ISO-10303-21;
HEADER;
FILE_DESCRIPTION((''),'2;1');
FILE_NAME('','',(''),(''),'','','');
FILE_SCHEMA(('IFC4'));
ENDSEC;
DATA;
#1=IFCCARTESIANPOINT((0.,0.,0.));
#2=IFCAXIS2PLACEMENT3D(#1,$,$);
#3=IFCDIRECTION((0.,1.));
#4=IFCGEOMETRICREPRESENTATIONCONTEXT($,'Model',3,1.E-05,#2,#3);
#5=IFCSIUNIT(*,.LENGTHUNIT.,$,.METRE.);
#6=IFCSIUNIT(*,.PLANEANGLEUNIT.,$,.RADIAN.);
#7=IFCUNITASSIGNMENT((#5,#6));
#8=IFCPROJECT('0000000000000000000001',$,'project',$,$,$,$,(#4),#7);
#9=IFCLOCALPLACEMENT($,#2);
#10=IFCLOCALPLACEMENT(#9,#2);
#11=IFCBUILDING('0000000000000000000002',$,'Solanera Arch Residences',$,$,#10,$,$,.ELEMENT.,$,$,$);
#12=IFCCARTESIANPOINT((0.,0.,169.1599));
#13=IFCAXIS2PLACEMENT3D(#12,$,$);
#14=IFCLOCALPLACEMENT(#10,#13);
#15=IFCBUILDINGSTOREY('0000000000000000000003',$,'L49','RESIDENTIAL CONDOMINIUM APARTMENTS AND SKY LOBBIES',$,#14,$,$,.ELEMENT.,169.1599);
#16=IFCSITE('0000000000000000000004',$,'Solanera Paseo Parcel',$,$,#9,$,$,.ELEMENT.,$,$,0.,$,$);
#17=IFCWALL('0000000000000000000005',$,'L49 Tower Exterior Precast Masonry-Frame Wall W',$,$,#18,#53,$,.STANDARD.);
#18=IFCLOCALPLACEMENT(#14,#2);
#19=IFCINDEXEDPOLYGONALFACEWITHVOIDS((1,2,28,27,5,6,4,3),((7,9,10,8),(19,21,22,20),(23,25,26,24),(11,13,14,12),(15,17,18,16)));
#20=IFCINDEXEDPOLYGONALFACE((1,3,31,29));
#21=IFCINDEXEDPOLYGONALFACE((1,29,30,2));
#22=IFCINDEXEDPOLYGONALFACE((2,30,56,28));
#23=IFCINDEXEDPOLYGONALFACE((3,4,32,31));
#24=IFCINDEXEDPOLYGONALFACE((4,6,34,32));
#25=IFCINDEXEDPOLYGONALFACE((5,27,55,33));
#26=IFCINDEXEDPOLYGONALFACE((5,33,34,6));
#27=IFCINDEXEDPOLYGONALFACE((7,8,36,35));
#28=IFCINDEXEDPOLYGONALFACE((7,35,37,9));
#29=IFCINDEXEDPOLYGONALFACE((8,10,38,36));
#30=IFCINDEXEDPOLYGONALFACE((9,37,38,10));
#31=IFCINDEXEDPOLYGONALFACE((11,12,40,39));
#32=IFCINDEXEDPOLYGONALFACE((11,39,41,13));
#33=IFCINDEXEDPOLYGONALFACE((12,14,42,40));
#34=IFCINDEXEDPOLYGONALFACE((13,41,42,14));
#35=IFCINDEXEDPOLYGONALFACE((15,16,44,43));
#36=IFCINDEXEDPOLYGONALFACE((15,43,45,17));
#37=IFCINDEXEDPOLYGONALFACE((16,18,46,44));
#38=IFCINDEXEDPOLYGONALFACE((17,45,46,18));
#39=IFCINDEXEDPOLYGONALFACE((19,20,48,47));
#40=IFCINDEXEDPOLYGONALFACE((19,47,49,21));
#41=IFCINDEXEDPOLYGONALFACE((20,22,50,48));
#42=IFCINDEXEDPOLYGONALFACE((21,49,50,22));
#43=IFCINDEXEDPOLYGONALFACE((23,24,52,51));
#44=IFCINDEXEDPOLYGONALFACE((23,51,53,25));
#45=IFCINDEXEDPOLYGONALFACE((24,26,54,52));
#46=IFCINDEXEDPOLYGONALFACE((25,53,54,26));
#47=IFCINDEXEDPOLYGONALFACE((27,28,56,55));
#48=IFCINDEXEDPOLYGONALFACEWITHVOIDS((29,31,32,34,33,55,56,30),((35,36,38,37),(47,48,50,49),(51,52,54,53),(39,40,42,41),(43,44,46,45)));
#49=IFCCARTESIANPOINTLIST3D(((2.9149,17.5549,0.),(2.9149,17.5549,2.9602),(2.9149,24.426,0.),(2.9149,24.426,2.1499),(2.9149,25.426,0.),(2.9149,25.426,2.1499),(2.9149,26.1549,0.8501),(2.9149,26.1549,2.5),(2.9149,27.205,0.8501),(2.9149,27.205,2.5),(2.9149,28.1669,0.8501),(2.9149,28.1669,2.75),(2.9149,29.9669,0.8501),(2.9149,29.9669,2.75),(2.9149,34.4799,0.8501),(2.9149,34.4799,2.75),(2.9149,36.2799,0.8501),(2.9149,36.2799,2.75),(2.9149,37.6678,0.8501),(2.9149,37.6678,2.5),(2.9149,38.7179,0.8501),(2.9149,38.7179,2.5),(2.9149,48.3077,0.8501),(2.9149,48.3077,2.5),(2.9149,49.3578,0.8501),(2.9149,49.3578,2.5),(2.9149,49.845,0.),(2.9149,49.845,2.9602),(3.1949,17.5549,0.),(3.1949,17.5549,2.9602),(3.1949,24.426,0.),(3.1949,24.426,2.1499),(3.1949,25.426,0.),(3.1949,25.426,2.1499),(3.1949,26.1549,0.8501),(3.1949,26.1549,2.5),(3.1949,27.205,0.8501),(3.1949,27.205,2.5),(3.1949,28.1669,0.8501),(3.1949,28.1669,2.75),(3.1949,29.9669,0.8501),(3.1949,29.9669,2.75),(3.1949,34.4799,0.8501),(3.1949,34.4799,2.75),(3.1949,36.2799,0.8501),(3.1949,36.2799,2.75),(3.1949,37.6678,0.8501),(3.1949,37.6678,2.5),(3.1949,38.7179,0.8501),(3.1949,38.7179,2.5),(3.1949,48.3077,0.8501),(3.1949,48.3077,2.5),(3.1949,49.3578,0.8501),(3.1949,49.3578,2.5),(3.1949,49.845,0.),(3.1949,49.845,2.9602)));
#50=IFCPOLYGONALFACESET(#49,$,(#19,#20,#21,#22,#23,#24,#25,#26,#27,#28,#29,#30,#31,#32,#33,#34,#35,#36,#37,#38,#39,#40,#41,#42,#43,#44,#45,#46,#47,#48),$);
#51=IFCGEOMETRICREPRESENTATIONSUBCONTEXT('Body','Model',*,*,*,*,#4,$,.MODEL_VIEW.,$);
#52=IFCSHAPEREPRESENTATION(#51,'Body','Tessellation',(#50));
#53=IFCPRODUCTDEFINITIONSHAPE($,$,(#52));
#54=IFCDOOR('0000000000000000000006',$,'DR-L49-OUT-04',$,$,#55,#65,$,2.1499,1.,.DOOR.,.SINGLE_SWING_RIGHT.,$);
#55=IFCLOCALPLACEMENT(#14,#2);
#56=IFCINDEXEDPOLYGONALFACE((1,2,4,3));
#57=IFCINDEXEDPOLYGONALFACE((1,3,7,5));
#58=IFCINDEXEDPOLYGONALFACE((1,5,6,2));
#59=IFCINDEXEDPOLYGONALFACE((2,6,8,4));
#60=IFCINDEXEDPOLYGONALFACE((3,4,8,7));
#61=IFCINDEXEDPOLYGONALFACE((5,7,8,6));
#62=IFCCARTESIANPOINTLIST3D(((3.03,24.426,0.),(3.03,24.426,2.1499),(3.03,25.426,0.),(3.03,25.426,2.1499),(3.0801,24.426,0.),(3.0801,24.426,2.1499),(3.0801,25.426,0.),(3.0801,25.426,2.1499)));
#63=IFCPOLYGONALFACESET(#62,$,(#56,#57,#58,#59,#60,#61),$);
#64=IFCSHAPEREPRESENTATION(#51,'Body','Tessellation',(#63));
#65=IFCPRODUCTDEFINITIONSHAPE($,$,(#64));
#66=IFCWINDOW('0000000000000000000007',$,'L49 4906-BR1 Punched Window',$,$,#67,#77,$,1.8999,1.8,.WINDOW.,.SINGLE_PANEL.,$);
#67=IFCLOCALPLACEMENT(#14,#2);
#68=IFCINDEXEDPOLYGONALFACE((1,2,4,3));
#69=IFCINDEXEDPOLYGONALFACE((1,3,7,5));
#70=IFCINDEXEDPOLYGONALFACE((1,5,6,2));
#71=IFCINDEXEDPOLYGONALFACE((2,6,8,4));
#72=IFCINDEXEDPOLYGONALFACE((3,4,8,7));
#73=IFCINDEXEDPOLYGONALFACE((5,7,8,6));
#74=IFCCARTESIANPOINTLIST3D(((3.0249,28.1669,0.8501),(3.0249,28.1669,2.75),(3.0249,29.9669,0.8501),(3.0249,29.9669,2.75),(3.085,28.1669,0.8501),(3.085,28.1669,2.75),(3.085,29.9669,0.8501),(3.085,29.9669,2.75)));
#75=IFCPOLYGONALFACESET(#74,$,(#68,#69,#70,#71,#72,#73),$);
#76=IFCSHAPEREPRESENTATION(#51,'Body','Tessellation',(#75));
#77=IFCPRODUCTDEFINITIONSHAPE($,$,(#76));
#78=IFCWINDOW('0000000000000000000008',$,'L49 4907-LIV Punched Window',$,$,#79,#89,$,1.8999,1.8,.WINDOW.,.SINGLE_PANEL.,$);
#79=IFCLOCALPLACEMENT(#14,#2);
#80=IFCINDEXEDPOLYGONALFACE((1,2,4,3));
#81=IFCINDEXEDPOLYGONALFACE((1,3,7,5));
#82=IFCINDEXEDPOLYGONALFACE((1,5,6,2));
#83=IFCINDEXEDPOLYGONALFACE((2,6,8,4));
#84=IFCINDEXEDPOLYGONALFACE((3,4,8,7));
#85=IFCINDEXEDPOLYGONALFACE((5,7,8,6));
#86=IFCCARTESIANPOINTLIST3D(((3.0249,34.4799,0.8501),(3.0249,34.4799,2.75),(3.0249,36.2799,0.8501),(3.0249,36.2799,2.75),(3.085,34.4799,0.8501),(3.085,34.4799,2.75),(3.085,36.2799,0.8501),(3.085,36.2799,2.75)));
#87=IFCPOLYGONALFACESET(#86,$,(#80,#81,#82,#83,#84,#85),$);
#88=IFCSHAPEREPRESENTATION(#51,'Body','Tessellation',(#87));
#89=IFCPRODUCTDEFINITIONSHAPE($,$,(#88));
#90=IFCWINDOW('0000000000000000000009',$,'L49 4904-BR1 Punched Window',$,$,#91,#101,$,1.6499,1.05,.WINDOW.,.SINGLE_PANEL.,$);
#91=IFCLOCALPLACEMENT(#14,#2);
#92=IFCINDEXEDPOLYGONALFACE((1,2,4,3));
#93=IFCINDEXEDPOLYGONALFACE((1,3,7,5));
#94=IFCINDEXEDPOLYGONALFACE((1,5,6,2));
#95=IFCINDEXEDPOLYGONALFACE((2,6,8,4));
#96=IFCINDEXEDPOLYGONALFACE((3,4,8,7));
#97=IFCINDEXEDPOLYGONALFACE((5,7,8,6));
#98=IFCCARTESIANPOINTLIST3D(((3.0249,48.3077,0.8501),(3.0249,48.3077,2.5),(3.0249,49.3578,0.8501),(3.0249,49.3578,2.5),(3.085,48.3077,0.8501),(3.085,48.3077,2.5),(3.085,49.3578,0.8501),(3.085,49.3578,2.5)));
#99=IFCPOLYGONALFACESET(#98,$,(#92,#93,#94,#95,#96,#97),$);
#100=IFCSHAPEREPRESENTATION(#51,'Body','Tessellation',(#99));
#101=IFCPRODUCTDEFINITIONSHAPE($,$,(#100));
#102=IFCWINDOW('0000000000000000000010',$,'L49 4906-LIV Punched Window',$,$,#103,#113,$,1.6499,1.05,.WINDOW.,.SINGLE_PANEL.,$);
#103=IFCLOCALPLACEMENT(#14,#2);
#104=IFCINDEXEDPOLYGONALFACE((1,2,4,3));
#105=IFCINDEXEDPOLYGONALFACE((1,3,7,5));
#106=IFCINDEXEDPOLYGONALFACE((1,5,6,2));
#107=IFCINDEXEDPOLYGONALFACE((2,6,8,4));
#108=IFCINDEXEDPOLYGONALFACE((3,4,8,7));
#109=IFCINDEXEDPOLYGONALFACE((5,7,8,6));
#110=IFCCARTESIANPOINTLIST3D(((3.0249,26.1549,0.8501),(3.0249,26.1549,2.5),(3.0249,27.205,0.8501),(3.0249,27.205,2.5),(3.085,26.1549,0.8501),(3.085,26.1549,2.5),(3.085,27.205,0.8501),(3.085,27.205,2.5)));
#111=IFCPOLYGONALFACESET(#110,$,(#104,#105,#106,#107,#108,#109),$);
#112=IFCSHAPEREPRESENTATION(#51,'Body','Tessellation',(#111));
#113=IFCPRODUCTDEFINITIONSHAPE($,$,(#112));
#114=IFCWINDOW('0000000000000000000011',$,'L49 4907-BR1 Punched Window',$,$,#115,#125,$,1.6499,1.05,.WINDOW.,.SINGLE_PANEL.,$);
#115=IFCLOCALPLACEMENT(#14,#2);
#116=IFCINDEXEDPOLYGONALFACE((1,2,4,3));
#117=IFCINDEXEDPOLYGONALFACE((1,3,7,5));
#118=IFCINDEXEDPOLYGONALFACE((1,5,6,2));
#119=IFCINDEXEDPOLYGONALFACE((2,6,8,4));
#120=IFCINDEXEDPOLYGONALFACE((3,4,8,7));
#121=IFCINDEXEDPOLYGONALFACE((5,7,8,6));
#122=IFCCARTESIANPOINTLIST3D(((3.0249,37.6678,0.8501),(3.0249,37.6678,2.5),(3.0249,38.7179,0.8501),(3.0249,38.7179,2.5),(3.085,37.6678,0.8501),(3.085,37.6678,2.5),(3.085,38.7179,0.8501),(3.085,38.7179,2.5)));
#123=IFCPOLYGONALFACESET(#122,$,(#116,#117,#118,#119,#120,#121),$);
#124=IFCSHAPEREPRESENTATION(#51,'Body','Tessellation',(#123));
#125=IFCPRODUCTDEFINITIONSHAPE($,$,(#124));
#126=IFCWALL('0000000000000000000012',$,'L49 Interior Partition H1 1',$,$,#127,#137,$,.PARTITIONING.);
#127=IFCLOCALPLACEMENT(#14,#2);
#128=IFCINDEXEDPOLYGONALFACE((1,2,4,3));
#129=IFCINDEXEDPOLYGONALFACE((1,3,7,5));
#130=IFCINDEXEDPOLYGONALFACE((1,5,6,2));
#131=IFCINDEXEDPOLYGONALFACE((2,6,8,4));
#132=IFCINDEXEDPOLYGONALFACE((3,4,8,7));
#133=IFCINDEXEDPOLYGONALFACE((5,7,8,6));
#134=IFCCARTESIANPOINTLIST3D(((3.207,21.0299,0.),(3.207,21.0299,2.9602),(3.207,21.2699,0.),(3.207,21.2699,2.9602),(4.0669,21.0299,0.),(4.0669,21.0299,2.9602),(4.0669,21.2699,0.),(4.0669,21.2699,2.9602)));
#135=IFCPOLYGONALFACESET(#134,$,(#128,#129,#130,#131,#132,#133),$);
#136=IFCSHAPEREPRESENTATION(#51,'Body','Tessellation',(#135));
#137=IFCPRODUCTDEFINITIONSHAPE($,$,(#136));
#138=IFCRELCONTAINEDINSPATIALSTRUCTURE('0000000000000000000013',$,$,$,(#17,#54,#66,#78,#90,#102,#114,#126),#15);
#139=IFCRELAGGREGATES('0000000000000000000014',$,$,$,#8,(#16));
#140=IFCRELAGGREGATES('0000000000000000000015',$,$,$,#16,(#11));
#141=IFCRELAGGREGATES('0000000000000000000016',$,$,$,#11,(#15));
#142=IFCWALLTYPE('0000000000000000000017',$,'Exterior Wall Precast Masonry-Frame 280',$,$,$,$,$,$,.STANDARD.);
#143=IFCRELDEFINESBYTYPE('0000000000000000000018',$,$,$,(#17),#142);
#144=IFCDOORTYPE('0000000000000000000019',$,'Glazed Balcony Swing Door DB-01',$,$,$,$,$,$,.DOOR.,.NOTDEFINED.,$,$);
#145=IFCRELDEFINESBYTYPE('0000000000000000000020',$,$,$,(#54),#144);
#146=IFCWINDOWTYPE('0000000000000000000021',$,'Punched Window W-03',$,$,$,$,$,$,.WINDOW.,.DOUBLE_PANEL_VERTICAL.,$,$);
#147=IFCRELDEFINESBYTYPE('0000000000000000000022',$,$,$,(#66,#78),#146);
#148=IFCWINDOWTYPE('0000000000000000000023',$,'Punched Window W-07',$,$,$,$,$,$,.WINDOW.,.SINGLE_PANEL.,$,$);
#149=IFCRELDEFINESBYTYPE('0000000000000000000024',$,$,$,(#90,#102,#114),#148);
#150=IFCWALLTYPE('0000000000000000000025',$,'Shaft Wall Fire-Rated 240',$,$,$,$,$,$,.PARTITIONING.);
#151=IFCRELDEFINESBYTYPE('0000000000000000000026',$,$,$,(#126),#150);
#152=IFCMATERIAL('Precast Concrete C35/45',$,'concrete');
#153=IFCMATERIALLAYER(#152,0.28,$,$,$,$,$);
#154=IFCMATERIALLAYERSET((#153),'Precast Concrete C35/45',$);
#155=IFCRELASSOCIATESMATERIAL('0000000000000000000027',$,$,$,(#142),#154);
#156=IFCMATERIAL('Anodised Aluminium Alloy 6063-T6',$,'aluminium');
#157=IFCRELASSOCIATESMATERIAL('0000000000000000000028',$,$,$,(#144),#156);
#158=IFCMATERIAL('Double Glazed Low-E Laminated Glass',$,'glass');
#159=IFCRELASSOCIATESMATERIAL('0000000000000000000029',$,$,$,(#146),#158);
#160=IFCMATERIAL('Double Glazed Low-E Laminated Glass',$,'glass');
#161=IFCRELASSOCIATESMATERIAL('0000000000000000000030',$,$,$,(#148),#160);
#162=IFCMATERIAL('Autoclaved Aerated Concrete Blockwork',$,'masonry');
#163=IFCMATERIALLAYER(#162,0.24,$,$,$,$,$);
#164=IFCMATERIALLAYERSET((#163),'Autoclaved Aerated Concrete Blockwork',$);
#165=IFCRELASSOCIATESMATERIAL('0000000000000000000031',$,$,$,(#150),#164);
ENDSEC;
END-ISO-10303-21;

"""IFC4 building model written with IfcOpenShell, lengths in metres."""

from ifc_helpers import new_model, si_unit, direction, frame, frame_2d, origin, place, context, subcontext, project, spatial, rectangle, extrude, material, layer, layer_set, type_object, element, fill, save


model = new_model("IFC4")

# Units and contexts
model_context = context("Model", 3, precision=1e-05, world=origin(), true_north=direction((0.0, 1.0)))
body_context = subcontext(model_context, "Body", "Model", "MODEL_VIEW")
ifc_project = project(units=[si_unit("LENGTHUNIT", "METRE"), si_unit("PLANEANGLEUNIT", "RADIAN")], contexts=[model_context])

# Site, building, storey
site_placement = place(None, origin())
site = spatial("IfcSite", under=ifc_project, at=site_placement, Name="Solanera Paseo Parcel", CompositionType="ELEMENT", RefElevation=0.0)
building_placement = place(site_placement, origin())
building = spatial("IfcBuilding", under=site, at=building_placement, Name="Solanera Arch Residences", CompositionType="ELEMENT")
storey_placement = place(building_placement, frame((0.0, 0.0, 169.1599)))
storey = spatial("IfcBuildingStorey", under=building, at=storey_placement, Name="L49", Description="RESIDENTIAL CONDOMINIUM APARTMENTS AND SKY LOBBIES", CompositionType="ELEMENT", Elevation=169.1599)

# Wall, openings, door, windows
ifc_material_1 = material(Name="Precast Concrete C35/45", Category="concrete")
ifc_layer_1 = layer(ifc_material_1, 0.28)
ifc_layer_set_1 = layer_set([ifc_layer_1], Name="Precast Concrete C35/45")
wall_type_1 = type_object("IfcWallType", Name="Exterior Wall Precast Masonry-Frame 280", PredefinedType="STANDARD", material=ifc_layer_set_1)
wall_1_placement = place(storey_placement, frame((3.0549, 17.5549, 0.0), z_axis=(0.0, 0.0, 1.0), x_axis=(0.0, 1.0, 0.0)))
wall_1 = element("IfcWall", 1, at=wall_1_placement, inside=storey, type_object=wall_type_1, Name="L49 Tower Exterior Precast Masonry-Frame Wall W", PredefinedType="STANDARD", context=body_context, shape_type="SweptSolid", body=[
    extrude(rectangle(XDim=32.29, YDim=0.28, at=frame_2d((16.145, 0.0))), origin(), (0.0, 0.0, 1.0), 2.9602),
])
opening_1_placement = place(wall_1_placement, frame((6.8711, 0.0, 0.0)))
opening_1 = element("IfcOpeningElement", 2, at=opening_1_placement, cuts=wall_1, PredefinedType="OPENING", context=body_context, shape_type="SweptSolid", body=[
    extrude(rectangle(XDim=1.0, YDim=2.1499, at=frame_2d((0.5, 1.075))), frame((0.0, 0.1499, 0.0), z_axis=(0.0, -1.0, 0.0), x_axis=(1.0, 0.0, 0.0)), (0.0, 0.0, 1.0), 0.3),
])
opening_2_placement = place(wall_1_placement, frame((30.7529, 0.0, 0.8501)))
opening_2 = element("IfcOpeningElement", 3, at=opening_2_placement, cuts=wall_1, PredefinedType="OPENING", context=body_context, shape_type="SweptSolid", body=[
    extrude(rectangle(XDim=1.05, YDim=1.6499, at=frame_2d((0.5249, 0.825))), frame((0.0, 0.1499, 0.0), z_axis=(0.0, -1.0, 0.0), x_axis=(1.0, 0.0, 0.0)), (0.0, 0.0, 1.0), 0.3),
])
opening_3_placement = place(wall_1_placement, frame((8.6001, 0.0, 0.8501)))
opening_3 = element("IfcOpeningElement", 4, at=opening_3_placement, cuts=wall_1, PredefinedType="OPENING", context=body_context, shape_type="SweptSolid", body=[
    extrude(rectangle(XDim=1.05, YDim=1.6499, at=frame_2d((0.5249, 0.825))), frame((0.0, 0.1499, 0.0), z_axis=(0.0, -1.0, 0.0), x_axis=(1.0, 0.0, 0.0)), (0.0, 0.0, 1.0), 0.3),
])
opening_4_placement = place(wall_1_placement, frame((10.6121, 0.0, 0.8501)))
opening_4 = element("IfcOpeningElement", 5, at=opening_4_placement, cuts=wall_1, PredefinedType="OPENING", context=body_context, shape_type="SweptSolid", body=[
    extrude(rectangle(XDim=1.8, YDim=1.8999, at=frame_2d((0.8999, 0.95))), frame((0.0, 0.1499, 0.0), z_axis=(0.0, -1.0, 0.0), x_axis=(1.0, 0.0, 0.0)), (0.0, 0.0, 1.0), 0.3),
])
opening_5_placement = place(wall_1_placement, frame((16.925, 0.0, 0.8501)))
opening_5 = element("IfcOpeningElement", 6, at=opening_5_placement, cuts=wall_1, PredefinedType="OPENING", context=body_context, shape_type="SweptSolid", body=[
    extrude(rectangle(XDim=1.8, YDim=1.8999, at=frame_2d((0.8999, 0.95))), frame((0.0, 0.1499, 0.0), z_axis=(0.0, -1.0, 0.0), x_axis=(1.0, 0.0, 0.0)), (0.0, 0.0, 1.0), 0.3),
])
opening_6_placement = place(wall_1_placement, frame((20.113, 0.0, 0.8501)))
opening_6 = element("IfcOpeningElement", 7, at=opening_6_placement, cuts=wall_1, PredefinedType="OPENING", context=body_context, shape_type="SweptSolid", body=[
    extrude(rectangle(XDim=1.05, YDim=1.6499, at=frame_2d((0.5249, 0.825))), frame((0.0, 0.1499, 0.0), z_axis=(0.0, -1.0, 0.0), x_axis=(1.0, 0.0, 0.0)), (0.0, 0.0, 1.0), 0.3),
])
ifc_material_2 = material(Name="Anodised Aluminium Alloy 6063-T6", Category="aluminium")
door_type_1 = type_object("IfcDoorType", Name="Glazed Balcony Swing Door DB-01", OperationType="NOTDEFINED", PredefinedType="DOOR", material=ifc_material_2)
door_1_placement = place(opening_1_placement, origin())
door_1 = element("IfcDoor", 8, at=door_1_placement, inside=storey, type_object=door_type_1, Name="DR-L49-OUT-04", OperationType="SINGLE_SWING_RIGHT", OverallHeight=2.1499, OverallWidth=1.0, PredefinedType="DOOR", context=body_context, shape_type="SweptSolid", body=[
    extrude(rectangle(XDim=1.0, YDim=2.1499, at=frame_2d((0.5, 1.075))), frame((0.0, 0.0249, 0.0), z_axis=(0.0, -1.0, 0.0), x_axis=(1.0, 0.0, 0.0)), (0.0, 0.0, 1.0), 0.05),
])
fill(opening_1, door_1)
ifc_material_3 = material(Name="Double Glazed Low-E Laminated Glass", Category="glass")
window_type_1 = type_object("IfcWindowType", Name="Punched Window W-03", PartitioningType="DOUBLE_PANEL_VERTICAL", PredefinedType="WINDOW", material=ifc_material_3)
window_1_placement = place(opening_4_placement, origin())
window_1 = element("IfcWindow", 9, at=window_1_placement, inside=storey, type_object=window_type_1, Name="L49 4906-BR1 Punched Window", OverallHeight=1.8999, OverallWidth=1.8, PartitioningType="SINGLE_PANEL", PredefinedType="WINDOW", context=body_context, shape_type="SweptSolid", body=[
    extrude(rectangle(XDim=1.8, YDim=1.8999, at=frame_2d((0.8999, 0.95))), frame((0.0, 0.03, 0.0), z_axis=(0.0, -1.0, 0.0), x_axis=(1.0, 0.0, 0.0)), (0.0, 0.0, 1.0), 0.0601),
])
fill(opening_4, window_1)
window_2_placement = place(opening_5_placement, origin())
window_2 = element("IfcWindow", 10, at=window_2_placement, inside=storey, type_object=window_type_1, Name="L49 4907-LIV Punched Window", OverallHeight=1.8999, OverallWidth=1.8, PartitioningType="SINGLE_PANEL", PredefinedType="WINDOW", context=body_context, shape_type="SweptSolid", body=[
    extrude(rectangle(XDim=1.8, YDim=1.8999, at=frame_2d((0.8999, 0.95))), frame((0.0, 0.03, 0.0), z_axis=(0.0, -1.0, 0.0), x_axis=(1.0, 0.0, 0.0)), (0.0, 0.0, 1.0), 0.0601),
])
fill(opening_5, window_2)
ifc_material_4 = material(Name="Double Glazed Low-E Laminated Glass", Category="glass")
window_type_2 = type_object("IfcWindowType", Name="Punched Window W-07", PartitioningType="SINGLE_PANEL", PredefinedType="WINDOW", material=ifc_material_4)
window_3_placement = place(opening_2_placement, origin())
window_3 = element("IfcWindow", 11, at=window_3_placement, inside=storey, type_object=window_type_2, Name="L49 4904-BR1 Punched Window", OverallHeight=1.6499, OverallWidth=1.05, PartitioningType="SINGLE_PANEL", PredefinedType="WINDOW", context=body_context, shape_type="SweptSolid", body=[
    extrude(rectangle(XDim=1.05, YDim=1.6499, at=frame_2d((0.5249, 0.825))), frame((0.0, 0.03, 0.0), z_axis=(0.0, -1.0, 0.0), x_axis=(1.0, 0.0, 0.0)), (0.0, 0.0, 1.0), 0.0601),
])
fill(opening_2, window_3)
window_4_placement = place(opening_3_placement, origin())
window_4 = element("IfcWindow", 12, at=window_4_placement, inside=storey, type_object=window_type_2, Name="L49 4906-LIV Punched Window", OverallHeight=1.6499, OverallWidth=1.05, PartitioningType="SINGLE_PANEL", PredefinedType="WINDOW", context=body_context, shape_type="SweptSolid", body=[
    extrude(rectangle(XDim=1.05, YDim=1.6499, at=frame_2d((0.5249, 0.825))), frame((0.0, 0.03, 0.0), z_axis=(0.0, -1.0, 0.0), x_axis=(1.0, 0.0, 0.0)), (0.0, 0.0, 1.0), 0.0601),
])
fill(opening_3, window_4)
window_5_placement = place(opening_6_placement, origin())
window_5 = element("IfcWindow", 13, at=window_5_placement, inside=storey, type_object=window_type_2, Name="L49 4907-BR1 Punched Window", OverallHeight=1.6499, OverallWidth=1.05, PartitioningType="SINGLE_PANEL", PredefinedType="WINDOW", context=body_context, shape_type="SweptSolid", body=[
    extrude(rectangle(XDim=1.05, YDim=1.6499, at=frame_2d((0.5249, 0.825))), frame((0.0, 0.03, 0.0), z_axis=(0.0, -1.0, 0.0), x_axis=(1.0, 0.0, 0.0)), (0.0, 0.0, 1.0), 0.0601),
])
fill(opening_6, window_5)

# Wall
ifc_material_5 = material(Name="Autoclaved Aerated Concrete Blockwork", Category="masonry")
ifc_layer_2 = layer(ifc_material_5, 0.24)
ifc_layer_set_2 = layer_set([ifc_layer_2], Name="Autoclaved Aerated Concrete Blockwork")
wall_type_2 = type_object("IfcWallType", Name="Shaft Wall Fire-Rated 240", PredefinedType="PARTITIONING", material=ifc_layer_set_2)
wall_2_placement = place(storey_placement, frame((3.207, 21.1499, 0.0), z_axis=(0.0, 0.0, 1.0), x_axis=(1.0, 0.0, 0.0)))
element("IfcWall", 14, at=wall_2_placement, inside=storey, type_object=wall_type_2, Name="L49 Interior Partition H1 1", PredefinedType="PARTITIONING", context=body_context, shape_type="SweptSolid", body=[
    extrude(rectangle(XDim=0.8599, YDim=0.24, at=frame_2d((0.4299, 0.0))), origin(), (0.0, 0.0, 1.0), 2.9602),
])

save(model, "model.ifc")
